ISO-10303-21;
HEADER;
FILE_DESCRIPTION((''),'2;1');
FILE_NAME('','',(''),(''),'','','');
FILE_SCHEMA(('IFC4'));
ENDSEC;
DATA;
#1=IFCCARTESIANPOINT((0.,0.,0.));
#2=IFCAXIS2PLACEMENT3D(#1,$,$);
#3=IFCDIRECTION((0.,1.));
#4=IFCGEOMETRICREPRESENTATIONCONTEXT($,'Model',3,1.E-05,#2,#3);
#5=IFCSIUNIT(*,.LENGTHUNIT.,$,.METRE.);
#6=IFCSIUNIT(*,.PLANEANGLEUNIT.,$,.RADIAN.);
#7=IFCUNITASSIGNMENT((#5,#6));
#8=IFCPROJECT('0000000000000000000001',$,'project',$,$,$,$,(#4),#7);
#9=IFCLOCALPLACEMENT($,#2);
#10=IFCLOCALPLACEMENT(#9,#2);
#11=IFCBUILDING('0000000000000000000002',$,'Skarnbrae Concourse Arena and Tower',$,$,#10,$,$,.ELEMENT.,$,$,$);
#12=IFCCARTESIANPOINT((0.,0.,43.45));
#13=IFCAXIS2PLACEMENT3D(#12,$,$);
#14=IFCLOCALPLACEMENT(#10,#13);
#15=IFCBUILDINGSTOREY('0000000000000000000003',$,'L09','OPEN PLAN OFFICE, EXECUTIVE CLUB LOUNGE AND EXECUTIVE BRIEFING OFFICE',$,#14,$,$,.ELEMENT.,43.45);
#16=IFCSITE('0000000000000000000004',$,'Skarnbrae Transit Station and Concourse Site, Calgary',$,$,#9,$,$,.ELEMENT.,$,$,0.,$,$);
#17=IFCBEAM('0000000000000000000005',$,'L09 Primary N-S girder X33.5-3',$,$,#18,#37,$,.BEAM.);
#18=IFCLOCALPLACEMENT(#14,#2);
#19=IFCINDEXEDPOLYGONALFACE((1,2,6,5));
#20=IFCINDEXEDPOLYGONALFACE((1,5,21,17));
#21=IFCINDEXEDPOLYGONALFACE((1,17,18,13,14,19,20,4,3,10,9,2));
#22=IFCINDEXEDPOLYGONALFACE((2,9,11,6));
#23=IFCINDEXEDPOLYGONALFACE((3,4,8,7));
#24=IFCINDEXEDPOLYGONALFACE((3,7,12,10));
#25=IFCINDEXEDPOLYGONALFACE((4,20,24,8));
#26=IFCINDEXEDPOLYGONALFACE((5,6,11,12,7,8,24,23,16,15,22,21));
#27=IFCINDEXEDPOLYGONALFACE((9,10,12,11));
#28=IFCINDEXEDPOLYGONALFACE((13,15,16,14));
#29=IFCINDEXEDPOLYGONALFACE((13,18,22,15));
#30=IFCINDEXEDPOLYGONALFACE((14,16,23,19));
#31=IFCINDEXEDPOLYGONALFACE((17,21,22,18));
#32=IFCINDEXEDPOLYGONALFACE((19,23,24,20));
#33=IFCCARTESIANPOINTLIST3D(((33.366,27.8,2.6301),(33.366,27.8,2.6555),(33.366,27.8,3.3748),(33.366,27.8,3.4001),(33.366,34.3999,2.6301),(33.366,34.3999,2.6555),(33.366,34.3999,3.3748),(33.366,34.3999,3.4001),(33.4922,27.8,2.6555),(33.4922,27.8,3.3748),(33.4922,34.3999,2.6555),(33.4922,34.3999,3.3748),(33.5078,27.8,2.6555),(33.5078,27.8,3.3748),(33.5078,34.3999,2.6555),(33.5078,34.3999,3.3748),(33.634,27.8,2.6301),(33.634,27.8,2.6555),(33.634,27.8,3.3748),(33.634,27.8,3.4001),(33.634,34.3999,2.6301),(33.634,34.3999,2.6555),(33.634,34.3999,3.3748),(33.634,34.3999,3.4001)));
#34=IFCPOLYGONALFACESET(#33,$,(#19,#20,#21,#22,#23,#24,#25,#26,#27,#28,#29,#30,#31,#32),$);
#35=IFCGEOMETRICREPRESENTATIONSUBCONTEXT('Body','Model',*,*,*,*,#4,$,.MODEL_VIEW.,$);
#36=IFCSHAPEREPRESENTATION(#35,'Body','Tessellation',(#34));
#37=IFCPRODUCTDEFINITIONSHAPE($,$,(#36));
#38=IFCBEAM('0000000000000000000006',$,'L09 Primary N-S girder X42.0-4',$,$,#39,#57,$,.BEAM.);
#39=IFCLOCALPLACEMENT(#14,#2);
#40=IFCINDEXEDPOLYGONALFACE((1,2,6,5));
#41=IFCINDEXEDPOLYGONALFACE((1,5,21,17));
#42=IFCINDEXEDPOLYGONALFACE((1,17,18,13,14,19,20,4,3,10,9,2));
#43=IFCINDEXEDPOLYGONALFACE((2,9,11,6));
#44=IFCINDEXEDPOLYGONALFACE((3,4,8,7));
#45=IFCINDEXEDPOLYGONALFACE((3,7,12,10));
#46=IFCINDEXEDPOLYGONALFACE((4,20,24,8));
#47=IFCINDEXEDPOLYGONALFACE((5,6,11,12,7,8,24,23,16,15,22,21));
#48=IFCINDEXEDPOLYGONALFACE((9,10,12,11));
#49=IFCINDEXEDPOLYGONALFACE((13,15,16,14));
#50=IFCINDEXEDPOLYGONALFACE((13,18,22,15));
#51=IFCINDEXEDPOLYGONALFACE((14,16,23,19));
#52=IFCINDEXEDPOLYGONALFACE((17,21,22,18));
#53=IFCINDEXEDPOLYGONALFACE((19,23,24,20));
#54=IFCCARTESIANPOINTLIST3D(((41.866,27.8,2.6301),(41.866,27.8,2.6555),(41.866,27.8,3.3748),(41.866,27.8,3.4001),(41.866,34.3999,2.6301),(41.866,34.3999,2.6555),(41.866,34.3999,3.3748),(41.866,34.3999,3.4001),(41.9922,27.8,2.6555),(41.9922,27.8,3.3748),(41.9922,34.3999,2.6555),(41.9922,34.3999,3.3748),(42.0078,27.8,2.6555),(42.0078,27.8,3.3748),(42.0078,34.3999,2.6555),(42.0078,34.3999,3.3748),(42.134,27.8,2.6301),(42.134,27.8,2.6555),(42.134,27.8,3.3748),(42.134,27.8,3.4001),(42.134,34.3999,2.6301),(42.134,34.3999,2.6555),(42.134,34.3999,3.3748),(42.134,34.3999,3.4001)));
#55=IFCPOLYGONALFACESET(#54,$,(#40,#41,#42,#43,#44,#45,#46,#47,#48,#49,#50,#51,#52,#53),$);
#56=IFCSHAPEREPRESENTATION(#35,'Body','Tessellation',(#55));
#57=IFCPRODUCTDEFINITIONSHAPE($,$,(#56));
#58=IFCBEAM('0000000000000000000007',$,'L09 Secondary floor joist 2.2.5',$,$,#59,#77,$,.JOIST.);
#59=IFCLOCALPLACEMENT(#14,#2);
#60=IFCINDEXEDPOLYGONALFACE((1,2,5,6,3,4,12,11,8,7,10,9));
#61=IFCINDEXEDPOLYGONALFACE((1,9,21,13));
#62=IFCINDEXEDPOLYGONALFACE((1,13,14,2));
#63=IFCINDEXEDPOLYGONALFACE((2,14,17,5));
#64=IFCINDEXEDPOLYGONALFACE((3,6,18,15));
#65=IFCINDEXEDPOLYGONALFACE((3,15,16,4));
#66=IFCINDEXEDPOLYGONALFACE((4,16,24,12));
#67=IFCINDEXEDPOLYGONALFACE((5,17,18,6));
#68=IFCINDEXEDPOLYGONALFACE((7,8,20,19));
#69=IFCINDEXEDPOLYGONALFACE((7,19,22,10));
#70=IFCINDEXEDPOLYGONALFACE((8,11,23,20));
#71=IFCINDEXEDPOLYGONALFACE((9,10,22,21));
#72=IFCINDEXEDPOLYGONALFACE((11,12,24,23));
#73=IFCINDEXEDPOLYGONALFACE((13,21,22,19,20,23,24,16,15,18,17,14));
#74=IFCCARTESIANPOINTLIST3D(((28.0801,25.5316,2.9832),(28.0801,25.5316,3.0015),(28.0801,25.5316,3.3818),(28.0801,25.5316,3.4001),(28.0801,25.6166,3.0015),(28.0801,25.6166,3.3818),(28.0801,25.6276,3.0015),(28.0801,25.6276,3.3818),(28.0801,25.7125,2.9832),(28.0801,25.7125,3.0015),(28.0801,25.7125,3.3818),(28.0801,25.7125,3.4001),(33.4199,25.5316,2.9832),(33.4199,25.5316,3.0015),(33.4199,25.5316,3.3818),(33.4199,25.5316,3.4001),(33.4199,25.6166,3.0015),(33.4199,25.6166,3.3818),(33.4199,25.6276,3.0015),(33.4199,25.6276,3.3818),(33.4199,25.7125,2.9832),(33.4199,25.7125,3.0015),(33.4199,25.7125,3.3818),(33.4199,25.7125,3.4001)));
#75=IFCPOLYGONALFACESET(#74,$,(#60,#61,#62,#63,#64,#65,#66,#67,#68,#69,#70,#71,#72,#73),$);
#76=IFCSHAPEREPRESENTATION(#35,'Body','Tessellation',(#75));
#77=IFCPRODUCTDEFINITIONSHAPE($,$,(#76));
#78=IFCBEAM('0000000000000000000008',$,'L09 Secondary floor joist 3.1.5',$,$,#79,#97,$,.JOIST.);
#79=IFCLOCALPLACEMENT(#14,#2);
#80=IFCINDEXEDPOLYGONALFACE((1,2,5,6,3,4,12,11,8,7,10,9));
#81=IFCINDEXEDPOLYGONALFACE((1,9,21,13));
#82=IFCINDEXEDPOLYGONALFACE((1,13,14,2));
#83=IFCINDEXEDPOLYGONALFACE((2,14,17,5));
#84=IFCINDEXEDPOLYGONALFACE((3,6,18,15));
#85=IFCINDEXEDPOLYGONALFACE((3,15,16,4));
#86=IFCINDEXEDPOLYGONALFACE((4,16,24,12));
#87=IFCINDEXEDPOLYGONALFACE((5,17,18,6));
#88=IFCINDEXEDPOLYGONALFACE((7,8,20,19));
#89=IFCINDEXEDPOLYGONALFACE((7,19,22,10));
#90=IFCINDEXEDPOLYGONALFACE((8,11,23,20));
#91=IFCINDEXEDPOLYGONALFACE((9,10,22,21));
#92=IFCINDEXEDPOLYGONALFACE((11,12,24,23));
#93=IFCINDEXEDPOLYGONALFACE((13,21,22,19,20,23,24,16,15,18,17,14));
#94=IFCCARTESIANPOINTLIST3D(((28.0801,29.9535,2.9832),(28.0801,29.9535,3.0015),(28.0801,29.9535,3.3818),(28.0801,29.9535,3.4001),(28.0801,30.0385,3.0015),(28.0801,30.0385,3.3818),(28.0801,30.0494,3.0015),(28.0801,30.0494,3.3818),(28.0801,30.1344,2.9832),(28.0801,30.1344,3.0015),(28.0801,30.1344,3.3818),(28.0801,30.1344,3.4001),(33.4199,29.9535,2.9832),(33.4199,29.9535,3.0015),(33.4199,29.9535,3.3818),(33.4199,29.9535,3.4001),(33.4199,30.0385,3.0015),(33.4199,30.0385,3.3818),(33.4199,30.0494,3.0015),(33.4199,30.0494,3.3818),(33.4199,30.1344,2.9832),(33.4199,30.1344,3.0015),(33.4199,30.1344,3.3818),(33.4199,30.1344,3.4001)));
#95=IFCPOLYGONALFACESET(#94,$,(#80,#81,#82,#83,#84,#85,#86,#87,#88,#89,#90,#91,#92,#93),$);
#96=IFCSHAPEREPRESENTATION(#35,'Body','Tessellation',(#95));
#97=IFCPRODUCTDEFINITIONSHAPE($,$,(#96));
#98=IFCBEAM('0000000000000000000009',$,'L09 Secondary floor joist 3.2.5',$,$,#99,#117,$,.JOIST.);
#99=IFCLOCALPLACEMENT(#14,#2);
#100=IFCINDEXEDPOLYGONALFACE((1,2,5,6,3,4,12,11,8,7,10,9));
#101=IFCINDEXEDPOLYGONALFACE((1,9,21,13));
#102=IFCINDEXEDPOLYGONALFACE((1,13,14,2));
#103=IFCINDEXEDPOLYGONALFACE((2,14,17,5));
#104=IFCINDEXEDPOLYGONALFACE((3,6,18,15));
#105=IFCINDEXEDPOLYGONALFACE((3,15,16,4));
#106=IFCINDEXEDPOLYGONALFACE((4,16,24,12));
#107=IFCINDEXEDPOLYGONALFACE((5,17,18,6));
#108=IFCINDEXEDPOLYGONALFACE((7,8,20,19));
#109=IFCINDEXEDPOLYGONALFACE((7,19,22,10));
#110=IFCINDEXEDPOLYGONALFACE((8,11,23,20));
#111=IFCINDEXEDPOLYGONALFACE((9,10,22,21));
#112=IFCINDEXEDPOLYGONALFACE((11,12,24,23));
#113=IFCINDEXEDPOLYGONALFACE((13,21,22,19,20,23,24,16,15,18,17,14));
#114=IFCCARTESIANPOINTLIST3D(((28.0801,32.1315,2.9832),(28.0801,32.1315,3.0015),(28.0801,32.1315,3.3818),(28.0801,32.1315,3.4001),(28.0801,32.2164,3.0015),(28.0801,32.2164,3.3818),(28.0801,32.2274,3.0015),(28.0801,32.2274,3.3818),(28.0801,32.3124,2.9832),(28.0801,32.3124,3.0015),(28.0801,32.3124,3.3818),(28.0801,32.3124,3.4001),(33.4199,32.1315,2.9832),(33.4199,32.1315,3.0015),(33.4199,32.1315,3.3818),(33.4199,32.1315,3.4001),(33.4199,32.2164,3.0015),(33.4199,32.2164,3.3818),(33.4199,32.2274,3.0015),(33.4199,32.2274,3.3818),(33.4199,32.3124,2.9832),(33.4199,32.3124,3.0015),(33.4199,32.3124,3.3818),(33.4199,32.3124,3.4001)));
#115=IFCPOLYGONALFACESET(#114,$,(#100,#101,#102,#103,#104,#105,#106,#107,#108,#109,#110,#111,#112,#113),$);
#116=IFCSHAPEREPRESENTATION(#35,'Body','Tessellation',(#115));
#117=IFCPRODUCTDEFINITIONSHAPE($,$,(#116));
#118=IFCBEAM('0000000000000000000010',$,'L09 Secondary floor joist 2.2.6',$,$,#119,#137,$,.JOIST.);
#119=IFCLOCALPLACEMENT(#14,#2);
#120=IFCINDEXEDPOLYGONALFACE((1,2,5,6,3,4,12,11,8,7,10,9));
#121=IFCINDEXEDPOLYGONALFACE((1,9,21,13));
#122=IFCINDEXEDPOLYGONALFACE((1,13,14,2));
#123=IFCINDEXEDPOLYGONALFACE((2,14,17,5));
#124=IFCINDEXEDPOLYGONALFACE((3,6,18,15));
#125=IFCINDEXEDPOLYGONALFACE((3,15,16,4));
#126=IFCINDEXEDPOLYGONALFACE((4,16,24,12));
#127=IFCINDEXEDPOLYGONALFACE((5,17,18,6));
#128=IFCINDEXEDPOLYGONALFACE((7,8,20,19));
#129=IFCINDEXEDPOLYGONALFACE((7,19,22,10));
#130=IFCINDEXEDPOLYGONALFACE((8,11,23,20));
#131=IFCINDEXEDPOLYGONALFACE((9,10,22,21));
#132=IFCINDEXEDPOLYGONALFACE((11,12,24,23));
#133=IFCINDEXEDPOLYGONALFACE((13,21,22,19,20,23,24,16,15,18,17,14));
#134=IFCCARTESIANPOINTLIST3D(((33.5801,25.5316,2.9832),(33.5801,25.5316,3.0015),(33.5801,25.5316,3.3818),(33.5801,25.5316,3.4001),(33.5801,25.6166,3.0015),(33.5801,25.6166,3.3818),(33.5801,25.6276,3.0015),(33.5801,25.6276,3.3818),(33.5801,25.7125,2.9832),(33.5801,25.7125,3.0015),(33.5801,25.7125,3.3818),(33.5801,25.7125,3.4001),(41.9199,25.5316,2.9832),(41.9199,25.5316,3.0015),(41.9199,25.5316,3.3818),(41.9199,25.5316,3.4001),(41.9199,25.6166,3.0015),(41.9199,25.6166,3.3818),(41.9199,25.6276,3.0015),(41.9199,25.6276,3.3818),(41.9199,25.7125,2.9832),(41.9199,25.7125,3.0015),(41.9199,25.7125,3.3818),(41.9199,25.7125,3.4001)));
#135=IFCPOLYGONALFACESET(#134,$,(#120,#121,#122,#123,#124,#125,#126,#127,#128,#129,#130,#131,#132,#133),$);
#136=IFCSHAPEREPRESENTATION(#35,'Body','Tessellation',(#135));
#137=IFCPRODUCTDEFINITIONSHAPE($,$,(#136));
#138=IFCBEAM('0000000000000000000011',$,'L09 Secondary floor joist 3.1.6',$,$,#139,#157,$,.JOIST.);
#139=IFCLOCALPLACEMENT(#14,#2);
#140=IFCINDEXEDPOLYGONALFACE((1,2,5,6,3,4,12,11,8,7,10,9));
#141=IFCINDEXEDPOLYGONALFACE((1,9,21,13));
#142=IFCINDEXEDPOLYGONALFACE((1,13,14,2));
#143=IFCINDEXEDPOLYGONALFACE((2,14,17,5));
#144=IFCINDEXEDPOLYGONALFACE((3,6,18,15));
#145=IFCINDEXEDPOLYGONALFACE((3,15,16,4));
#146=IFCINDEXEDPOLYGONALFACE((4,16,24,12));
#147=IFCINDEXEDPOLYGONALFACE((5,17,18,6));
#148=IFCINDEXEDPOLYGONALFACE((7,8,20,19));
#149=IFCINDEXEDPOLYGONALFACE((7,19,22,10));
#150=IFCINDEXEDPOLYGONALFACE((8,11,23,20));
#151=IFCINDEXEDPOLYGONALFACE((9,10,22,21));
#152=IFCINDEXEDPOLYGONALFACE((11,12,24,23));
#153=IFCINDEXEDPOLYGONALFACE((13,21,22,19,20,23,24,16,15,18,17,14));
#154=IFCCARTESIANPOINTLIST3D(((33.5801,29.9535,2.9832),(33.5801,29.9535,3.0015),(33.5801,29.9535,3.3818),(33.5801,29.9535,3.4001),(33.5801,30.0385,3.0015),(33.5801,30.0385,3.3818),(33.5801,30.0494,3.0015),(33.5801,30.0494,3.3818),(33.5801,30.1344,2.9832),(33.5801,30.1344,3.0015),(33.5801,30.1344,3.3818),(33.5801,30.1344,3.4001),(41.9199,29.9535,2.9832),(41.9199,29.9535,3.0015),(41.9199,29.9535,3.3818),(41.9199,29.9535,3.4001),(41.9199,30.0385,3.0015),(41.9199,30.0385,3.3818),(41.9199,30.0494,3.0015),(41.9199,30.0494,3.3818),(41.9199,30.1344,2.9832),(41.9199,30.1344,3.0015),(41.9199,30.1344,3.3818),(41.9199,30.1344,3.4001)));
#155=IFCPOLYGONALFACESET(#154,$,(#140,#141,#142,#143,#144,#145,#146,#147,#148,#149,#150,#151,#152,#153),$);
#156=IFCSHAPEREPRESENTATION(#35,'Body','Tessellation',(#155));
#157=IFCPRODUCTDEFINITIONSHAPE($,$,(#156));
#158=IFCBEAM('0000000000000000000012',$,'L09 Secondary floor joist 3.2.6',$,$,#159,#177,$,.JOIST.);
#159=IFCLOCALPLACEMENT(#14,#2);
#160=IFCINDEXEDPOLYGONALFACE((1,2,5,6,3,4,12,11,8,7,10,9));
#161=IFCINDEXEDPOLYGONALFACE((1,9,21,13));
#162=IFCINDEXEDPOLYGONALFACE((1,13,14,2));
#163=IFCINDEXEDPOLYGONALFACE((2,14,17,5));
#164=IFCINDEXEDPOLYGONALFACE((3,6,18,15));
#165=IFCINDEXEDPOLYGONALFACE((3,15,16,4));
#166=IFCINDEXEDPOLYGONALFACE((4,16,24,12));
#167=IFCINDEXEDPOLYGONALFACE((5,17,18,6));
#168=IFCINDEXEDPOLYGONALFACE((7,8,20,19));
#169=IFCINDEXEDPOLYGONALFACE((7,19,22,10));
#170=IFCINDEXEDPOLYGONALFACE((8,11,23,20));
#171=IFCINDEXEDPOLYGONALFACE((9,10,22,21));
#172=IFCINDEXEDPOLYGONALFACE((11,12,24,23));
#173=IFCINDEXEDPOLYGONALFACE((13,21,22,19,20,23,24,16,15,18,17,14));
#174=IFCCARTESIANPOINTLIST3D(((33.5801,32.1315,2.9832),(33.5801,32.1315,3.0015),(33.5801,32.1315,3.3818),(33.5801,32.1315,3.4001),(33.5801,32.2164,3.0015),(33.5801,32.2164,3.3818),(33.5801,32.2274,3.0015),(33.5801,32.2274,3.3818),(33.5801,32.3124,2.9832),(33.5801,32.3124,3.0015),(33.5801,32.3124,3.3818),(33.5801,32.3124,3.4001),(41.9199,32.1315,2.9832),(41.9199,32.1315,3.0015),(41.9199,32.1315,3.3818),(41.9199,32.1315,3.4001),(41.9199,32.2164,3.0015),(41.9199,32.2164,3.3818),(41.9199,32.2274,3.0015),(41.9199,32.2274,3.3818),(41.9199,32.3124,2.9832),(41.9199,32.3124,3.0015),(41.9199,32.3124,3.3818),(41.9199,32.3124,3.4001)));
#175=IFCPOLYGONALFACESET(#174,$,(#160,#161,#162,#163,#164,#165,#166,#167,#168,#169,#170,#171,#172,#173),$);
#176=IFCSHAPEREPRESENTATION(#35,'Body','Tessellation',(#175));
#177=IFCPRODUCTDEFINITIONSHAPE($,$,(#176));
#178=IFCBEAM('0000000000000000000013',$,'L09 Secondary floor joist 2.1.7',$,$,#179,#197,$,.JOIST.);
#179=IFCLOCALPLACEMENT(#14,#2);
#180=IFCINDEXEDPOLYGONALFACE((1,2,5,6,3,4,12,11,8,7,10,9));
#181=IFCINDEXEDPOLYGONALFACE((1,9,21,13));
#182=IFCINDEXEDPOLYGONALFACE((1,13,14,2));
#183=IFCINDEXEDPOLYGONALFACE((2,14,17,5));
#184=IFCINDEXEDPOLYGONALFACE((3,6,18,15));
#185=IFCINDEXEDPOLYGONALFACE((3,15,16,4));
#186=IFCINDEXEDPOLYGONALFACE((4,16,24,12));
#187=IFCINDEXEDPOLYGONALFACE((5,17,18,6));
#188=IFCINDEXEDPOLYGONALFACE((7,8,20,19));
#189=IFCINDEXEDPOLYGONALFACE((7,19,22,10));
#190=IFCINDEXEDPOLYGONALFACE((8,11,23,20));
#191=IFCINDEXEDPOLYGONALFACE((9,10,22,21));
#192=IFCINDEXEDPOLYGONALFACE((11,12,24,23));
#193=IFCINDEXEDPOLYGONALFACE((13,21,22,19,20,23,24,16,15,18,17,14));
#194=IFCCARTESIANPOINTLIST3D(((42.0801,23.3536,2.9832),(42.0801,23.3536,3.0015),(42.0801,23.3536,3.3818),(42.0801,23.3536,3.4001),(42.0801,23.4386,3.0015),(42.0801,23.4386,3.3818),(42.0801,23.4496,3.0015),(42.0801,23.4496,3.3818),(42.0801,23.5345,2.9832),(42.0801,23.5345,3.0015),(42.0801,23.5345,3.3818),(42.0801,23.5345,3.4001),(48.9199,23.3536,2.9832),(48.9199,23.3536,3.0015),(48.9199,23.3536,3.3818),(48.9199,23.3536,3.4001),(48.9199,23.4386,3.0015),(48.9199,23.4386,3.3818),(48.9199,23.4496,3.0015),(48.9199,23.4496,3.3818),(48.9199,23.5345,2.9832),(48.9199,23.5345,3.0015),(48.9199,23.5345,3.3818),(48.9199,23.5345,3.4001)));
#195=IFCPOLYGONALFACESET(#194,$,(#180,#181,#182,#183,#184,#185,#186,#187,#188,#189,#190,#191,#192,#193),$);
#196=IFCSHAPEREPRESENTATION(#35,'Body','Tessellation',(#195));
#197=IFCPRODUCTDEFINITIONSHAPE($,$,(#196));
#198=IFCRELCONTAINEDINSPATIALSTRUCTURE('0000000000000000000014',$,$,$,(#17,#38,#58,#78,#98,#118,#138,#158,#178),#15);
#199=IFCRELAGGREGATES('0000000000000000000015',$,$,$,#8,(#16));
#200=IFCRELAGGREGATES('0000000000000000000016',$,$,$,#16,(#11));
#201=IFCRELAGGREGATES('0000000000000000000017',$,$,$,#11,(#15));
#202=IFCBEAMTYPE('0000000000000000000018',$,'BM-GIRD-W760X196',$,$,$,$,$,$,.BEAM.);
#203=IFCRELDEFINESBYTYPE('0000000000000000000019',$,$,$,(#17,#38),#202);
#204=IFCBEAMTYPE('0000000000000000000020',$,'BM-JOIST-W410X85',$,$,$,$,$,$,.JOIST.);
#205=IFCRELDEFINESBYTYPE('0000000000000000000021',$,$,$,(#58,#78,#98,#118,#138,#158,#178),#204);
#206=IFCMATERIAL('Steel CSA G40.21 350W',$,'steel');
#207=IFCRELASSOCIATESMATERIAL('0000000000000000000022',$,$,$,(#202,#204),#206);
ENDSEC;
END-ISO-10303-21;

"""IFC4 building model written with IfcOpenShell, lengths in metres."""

from ifc_helpers import new_model, si_unit, direction, frame, origin, origin_2d, place, context, subcontext, project, spatial, i_section, extrude, source, transform, mapped, material, material_profile, profile_set, type_object, element, save


model = new_model("IFC4")

# Units and contexts
model_context = context("Model", 3, precision=1e-05, world=origin(), true_north=direction((0.0, 1.0)))
body_context = subcontext(model_context, "Body", "Model", "MODEL_VIEW")
ifc_project = project(units=[si_unit("LENGTHUNIT", "METRE"), si_unit("PLANEANGLEUNIT", "RADIAN")], contexts=[model_context])

# Site, building, storey
site_placement = place(None, origin())
site = spatial("IfcSite", under=ifc_project, at=site_placement, Name="Skarnbrae Transit Station and Concourse Site, Calgary", CompositionType="ELEMENT", RefElevation=0.0)
building_placement = place(site_placement, origin())
building = spatial("IfcBuilding", under=site, at=building_placement, Name="Skarnbrae Concourse Arena and Tower", CompositionType="ELEMENT")
storey_placement = place(building_placement, frame((0.0, 0.0, 43.45)))
storey = spatial("IfcBuildingStorey", under=building, at=storey_placement, Name="L09", Description="OPEN PLAN OFFICE, EXECUTIVE CLUB LOUNGE AND EXECUTIVE BRIEFING OFFICE", CompositionType="ELEMENT", Elevation=43.45)

# Shared definitions
ifc_material_1 = material(Name="Steel CSA G40.21 350W", Category="steel")

# Beams
ifc_material_profile_1 = material_profile(ifc_material_1, i_section(OverallWidth=0.2681, OverallDepth=0.77, WebThickness=0.0156, FlangeThickness=0.0254, at=origin_2d()), Name="W760X196")
ifc_profile_set_1 = profile_set([ifc_material_profile_1], Name="Steel CSA G40.21 350W")
beam_type_1 = type_object("IfcBeamType", Name="BM-GIRD-W760X196", PredefinedType="BEAM", material=ifc_profile_set_1)
shared_shape_1 = source(origin(), body_context, "Body", "SweptSolid", [
    extrude(i_section(OverallWidth=0.2681, OverallDepth=0.77, WebThickness=0.0156, FlangeThickness=0.0254, at=origin_2d()), origin(), (0.0, 0.0, 1.0), 6.5999),
])
for number, where, z_axis, x_axis, name in (
    (1, (33.5, 27.8, 3.0151), (0.0, 1.0, 0.0), (-1.0, 0.0, 0.0), "L09 Primary N-S girder X33.5-3"),
    (2, (42.0, 27.8, 3.0151), (0.0, 1.0, 0.0), (-1.0, 0.0, 0.0), "L09 Primary N-S girder X42.0-4"),
):
    element("IfcBeam", number, at=place(storey_placement, frame(where, z_axis=z_axis, x_axis=x_axis)), inside=storey, type_object=beam_type_1, Name=name, PredefinedType="BEAM", context=body_context, shape_type="MappedRepresentation", body=[
        mapped(shared_shape_1, transform((0.0, 0.0, 0.0))),
    ])
ifc_material_profile_2 = material_profile(ifc_material_1, i_section(OverallWidth=0.1809, OverallDepth=0.417, WebThickness=0.011, FlangeThickness=0.0183, at=origin_2d()), Name="W410X85")
ifc_profile_set_2 = profile_set([ifc_material_profile_2], Name="Steel CSA G40.21 350W")
beam_type_2 = type_object("IfcBeamType", Name="BM-JOIST-W410X85", PredefinedType="JOIST", material=ifc_profile_set_2)
shared_shape_2 = source(origin(), body_context, "Body", "SweptSolid", [
    extrude(i_section(OverallWidth=0.1809, OverallDepth=0.417, WebThickness=0.011, FlangeThickness=0.0183, at=origin_2d()), origin(), (0.0, 0.0, 1.0), 5.3398),
])
for number, where, z_axis, x_axis, name in (
    (3, (28.0801, 25.6221, 3.1917), (1.0, 0.0, 0.0), (0.0, 1.0, 0.0), "L09 Secondary floor joist 2.2.5"),
    (4, (28.0801, 30.0439, 3.1917), (1.0, 0.0, 0.0), (0.0, 1.0, 0.0), "L09 Secondary floor joist 3.1.5"),
    (5, (28.0801, 32.2219, 3.1917), (1.0, 0.0, 0.0), (0.0, 1.0, 0.0), "L09 Secondary floor joist 3.2.5"),
):
    element("IfcBeam", number, at=place(storey_placement, frame(where, z_axis=z_axis, x_axis=x_axis)), inside=storey, type_object=beam_type_2, Name=name, PredefinedType="JOIST", context=body_context, shape_type="MappedRepresentation", body=[
        mapped(shared_shape_2, transform((0.0, 0.0, 0.0))),
    ])
shared_shape_3 = source(origin(), body_context, "Body", "SweptSolid", [
    extrude(i_section(OverallWidth=0.1809, OverallDepth=0.417, WebThickness=0.011, FlangeThickness=0.0183, at=origin_2d()), origin(), (0.0, 0.0, 1.0), 8.3398),
])
for number, where, z_axis, x_axis, name in (
    (6, (33.5801, 25.6221, 3.1917), (1.0, 0.0, 0.0), (0.0, 1.0, 0.0), "L09 Secondary floor joist 2.2.6"),
    (7, (33.5801, 30.0439, 3.1917), (1.0, 0.0, 0.0), (0.0, 1.0, 0.0), "L09 Secondary floor joist 3.1.6"),
    (8, (33.5801, 32.2219, 3.1917), (1.0, 0.0, 0.0), (0.0, 1.0, 0.0), "L09 Secondary floor joist 3.2.6"),
):
    element("IfcBeam", number, at=place(storey_placement, frame(where, z_axis=z_axis, x_axis=x_axis)), inside=storey, type_object=beam_type_2, Name=name, PredefinedType="JOIST", context=body_context, shape_type="MappedRepresentation", body=[
        mapped(shared_shape_3, transform((0.0, 0.0, 0.0))),
    ])
shared_shape_4 = source(origin(), body_context, "Body", "SweptSolid", [
    extrude(i_section(OverallWidth=0.1809, OverallDepth=0.417, WebThickness=0.011, FlangeThickness=0.0183, at=origin_2d()), origin(), (0.0, 0.0, 1.0), 6.8398),
])
for number, where, z_axis, x_axis, name in (
    (9, (42.0801, 23.4441, 3.1917), (1.0, 0.0, 0.0), (0.0, 1.0, 0.0), "L09 Secondary floor joist 2.1.7"),
):
    element("IfcBeam", number, at=place(storey_placement, frame(where, z_axis=z_axis, x_axis=x_axis)), inside=storey, type_object=beam_type_2, Name=name, PredefinedType="JOIST", context=body_context, shape_type="MappedRepresentation", body=[
        mapped(shared_shape_4, transform((0.0, 0.0, 0.0))),
    ])

save(model, "model.ifc")
